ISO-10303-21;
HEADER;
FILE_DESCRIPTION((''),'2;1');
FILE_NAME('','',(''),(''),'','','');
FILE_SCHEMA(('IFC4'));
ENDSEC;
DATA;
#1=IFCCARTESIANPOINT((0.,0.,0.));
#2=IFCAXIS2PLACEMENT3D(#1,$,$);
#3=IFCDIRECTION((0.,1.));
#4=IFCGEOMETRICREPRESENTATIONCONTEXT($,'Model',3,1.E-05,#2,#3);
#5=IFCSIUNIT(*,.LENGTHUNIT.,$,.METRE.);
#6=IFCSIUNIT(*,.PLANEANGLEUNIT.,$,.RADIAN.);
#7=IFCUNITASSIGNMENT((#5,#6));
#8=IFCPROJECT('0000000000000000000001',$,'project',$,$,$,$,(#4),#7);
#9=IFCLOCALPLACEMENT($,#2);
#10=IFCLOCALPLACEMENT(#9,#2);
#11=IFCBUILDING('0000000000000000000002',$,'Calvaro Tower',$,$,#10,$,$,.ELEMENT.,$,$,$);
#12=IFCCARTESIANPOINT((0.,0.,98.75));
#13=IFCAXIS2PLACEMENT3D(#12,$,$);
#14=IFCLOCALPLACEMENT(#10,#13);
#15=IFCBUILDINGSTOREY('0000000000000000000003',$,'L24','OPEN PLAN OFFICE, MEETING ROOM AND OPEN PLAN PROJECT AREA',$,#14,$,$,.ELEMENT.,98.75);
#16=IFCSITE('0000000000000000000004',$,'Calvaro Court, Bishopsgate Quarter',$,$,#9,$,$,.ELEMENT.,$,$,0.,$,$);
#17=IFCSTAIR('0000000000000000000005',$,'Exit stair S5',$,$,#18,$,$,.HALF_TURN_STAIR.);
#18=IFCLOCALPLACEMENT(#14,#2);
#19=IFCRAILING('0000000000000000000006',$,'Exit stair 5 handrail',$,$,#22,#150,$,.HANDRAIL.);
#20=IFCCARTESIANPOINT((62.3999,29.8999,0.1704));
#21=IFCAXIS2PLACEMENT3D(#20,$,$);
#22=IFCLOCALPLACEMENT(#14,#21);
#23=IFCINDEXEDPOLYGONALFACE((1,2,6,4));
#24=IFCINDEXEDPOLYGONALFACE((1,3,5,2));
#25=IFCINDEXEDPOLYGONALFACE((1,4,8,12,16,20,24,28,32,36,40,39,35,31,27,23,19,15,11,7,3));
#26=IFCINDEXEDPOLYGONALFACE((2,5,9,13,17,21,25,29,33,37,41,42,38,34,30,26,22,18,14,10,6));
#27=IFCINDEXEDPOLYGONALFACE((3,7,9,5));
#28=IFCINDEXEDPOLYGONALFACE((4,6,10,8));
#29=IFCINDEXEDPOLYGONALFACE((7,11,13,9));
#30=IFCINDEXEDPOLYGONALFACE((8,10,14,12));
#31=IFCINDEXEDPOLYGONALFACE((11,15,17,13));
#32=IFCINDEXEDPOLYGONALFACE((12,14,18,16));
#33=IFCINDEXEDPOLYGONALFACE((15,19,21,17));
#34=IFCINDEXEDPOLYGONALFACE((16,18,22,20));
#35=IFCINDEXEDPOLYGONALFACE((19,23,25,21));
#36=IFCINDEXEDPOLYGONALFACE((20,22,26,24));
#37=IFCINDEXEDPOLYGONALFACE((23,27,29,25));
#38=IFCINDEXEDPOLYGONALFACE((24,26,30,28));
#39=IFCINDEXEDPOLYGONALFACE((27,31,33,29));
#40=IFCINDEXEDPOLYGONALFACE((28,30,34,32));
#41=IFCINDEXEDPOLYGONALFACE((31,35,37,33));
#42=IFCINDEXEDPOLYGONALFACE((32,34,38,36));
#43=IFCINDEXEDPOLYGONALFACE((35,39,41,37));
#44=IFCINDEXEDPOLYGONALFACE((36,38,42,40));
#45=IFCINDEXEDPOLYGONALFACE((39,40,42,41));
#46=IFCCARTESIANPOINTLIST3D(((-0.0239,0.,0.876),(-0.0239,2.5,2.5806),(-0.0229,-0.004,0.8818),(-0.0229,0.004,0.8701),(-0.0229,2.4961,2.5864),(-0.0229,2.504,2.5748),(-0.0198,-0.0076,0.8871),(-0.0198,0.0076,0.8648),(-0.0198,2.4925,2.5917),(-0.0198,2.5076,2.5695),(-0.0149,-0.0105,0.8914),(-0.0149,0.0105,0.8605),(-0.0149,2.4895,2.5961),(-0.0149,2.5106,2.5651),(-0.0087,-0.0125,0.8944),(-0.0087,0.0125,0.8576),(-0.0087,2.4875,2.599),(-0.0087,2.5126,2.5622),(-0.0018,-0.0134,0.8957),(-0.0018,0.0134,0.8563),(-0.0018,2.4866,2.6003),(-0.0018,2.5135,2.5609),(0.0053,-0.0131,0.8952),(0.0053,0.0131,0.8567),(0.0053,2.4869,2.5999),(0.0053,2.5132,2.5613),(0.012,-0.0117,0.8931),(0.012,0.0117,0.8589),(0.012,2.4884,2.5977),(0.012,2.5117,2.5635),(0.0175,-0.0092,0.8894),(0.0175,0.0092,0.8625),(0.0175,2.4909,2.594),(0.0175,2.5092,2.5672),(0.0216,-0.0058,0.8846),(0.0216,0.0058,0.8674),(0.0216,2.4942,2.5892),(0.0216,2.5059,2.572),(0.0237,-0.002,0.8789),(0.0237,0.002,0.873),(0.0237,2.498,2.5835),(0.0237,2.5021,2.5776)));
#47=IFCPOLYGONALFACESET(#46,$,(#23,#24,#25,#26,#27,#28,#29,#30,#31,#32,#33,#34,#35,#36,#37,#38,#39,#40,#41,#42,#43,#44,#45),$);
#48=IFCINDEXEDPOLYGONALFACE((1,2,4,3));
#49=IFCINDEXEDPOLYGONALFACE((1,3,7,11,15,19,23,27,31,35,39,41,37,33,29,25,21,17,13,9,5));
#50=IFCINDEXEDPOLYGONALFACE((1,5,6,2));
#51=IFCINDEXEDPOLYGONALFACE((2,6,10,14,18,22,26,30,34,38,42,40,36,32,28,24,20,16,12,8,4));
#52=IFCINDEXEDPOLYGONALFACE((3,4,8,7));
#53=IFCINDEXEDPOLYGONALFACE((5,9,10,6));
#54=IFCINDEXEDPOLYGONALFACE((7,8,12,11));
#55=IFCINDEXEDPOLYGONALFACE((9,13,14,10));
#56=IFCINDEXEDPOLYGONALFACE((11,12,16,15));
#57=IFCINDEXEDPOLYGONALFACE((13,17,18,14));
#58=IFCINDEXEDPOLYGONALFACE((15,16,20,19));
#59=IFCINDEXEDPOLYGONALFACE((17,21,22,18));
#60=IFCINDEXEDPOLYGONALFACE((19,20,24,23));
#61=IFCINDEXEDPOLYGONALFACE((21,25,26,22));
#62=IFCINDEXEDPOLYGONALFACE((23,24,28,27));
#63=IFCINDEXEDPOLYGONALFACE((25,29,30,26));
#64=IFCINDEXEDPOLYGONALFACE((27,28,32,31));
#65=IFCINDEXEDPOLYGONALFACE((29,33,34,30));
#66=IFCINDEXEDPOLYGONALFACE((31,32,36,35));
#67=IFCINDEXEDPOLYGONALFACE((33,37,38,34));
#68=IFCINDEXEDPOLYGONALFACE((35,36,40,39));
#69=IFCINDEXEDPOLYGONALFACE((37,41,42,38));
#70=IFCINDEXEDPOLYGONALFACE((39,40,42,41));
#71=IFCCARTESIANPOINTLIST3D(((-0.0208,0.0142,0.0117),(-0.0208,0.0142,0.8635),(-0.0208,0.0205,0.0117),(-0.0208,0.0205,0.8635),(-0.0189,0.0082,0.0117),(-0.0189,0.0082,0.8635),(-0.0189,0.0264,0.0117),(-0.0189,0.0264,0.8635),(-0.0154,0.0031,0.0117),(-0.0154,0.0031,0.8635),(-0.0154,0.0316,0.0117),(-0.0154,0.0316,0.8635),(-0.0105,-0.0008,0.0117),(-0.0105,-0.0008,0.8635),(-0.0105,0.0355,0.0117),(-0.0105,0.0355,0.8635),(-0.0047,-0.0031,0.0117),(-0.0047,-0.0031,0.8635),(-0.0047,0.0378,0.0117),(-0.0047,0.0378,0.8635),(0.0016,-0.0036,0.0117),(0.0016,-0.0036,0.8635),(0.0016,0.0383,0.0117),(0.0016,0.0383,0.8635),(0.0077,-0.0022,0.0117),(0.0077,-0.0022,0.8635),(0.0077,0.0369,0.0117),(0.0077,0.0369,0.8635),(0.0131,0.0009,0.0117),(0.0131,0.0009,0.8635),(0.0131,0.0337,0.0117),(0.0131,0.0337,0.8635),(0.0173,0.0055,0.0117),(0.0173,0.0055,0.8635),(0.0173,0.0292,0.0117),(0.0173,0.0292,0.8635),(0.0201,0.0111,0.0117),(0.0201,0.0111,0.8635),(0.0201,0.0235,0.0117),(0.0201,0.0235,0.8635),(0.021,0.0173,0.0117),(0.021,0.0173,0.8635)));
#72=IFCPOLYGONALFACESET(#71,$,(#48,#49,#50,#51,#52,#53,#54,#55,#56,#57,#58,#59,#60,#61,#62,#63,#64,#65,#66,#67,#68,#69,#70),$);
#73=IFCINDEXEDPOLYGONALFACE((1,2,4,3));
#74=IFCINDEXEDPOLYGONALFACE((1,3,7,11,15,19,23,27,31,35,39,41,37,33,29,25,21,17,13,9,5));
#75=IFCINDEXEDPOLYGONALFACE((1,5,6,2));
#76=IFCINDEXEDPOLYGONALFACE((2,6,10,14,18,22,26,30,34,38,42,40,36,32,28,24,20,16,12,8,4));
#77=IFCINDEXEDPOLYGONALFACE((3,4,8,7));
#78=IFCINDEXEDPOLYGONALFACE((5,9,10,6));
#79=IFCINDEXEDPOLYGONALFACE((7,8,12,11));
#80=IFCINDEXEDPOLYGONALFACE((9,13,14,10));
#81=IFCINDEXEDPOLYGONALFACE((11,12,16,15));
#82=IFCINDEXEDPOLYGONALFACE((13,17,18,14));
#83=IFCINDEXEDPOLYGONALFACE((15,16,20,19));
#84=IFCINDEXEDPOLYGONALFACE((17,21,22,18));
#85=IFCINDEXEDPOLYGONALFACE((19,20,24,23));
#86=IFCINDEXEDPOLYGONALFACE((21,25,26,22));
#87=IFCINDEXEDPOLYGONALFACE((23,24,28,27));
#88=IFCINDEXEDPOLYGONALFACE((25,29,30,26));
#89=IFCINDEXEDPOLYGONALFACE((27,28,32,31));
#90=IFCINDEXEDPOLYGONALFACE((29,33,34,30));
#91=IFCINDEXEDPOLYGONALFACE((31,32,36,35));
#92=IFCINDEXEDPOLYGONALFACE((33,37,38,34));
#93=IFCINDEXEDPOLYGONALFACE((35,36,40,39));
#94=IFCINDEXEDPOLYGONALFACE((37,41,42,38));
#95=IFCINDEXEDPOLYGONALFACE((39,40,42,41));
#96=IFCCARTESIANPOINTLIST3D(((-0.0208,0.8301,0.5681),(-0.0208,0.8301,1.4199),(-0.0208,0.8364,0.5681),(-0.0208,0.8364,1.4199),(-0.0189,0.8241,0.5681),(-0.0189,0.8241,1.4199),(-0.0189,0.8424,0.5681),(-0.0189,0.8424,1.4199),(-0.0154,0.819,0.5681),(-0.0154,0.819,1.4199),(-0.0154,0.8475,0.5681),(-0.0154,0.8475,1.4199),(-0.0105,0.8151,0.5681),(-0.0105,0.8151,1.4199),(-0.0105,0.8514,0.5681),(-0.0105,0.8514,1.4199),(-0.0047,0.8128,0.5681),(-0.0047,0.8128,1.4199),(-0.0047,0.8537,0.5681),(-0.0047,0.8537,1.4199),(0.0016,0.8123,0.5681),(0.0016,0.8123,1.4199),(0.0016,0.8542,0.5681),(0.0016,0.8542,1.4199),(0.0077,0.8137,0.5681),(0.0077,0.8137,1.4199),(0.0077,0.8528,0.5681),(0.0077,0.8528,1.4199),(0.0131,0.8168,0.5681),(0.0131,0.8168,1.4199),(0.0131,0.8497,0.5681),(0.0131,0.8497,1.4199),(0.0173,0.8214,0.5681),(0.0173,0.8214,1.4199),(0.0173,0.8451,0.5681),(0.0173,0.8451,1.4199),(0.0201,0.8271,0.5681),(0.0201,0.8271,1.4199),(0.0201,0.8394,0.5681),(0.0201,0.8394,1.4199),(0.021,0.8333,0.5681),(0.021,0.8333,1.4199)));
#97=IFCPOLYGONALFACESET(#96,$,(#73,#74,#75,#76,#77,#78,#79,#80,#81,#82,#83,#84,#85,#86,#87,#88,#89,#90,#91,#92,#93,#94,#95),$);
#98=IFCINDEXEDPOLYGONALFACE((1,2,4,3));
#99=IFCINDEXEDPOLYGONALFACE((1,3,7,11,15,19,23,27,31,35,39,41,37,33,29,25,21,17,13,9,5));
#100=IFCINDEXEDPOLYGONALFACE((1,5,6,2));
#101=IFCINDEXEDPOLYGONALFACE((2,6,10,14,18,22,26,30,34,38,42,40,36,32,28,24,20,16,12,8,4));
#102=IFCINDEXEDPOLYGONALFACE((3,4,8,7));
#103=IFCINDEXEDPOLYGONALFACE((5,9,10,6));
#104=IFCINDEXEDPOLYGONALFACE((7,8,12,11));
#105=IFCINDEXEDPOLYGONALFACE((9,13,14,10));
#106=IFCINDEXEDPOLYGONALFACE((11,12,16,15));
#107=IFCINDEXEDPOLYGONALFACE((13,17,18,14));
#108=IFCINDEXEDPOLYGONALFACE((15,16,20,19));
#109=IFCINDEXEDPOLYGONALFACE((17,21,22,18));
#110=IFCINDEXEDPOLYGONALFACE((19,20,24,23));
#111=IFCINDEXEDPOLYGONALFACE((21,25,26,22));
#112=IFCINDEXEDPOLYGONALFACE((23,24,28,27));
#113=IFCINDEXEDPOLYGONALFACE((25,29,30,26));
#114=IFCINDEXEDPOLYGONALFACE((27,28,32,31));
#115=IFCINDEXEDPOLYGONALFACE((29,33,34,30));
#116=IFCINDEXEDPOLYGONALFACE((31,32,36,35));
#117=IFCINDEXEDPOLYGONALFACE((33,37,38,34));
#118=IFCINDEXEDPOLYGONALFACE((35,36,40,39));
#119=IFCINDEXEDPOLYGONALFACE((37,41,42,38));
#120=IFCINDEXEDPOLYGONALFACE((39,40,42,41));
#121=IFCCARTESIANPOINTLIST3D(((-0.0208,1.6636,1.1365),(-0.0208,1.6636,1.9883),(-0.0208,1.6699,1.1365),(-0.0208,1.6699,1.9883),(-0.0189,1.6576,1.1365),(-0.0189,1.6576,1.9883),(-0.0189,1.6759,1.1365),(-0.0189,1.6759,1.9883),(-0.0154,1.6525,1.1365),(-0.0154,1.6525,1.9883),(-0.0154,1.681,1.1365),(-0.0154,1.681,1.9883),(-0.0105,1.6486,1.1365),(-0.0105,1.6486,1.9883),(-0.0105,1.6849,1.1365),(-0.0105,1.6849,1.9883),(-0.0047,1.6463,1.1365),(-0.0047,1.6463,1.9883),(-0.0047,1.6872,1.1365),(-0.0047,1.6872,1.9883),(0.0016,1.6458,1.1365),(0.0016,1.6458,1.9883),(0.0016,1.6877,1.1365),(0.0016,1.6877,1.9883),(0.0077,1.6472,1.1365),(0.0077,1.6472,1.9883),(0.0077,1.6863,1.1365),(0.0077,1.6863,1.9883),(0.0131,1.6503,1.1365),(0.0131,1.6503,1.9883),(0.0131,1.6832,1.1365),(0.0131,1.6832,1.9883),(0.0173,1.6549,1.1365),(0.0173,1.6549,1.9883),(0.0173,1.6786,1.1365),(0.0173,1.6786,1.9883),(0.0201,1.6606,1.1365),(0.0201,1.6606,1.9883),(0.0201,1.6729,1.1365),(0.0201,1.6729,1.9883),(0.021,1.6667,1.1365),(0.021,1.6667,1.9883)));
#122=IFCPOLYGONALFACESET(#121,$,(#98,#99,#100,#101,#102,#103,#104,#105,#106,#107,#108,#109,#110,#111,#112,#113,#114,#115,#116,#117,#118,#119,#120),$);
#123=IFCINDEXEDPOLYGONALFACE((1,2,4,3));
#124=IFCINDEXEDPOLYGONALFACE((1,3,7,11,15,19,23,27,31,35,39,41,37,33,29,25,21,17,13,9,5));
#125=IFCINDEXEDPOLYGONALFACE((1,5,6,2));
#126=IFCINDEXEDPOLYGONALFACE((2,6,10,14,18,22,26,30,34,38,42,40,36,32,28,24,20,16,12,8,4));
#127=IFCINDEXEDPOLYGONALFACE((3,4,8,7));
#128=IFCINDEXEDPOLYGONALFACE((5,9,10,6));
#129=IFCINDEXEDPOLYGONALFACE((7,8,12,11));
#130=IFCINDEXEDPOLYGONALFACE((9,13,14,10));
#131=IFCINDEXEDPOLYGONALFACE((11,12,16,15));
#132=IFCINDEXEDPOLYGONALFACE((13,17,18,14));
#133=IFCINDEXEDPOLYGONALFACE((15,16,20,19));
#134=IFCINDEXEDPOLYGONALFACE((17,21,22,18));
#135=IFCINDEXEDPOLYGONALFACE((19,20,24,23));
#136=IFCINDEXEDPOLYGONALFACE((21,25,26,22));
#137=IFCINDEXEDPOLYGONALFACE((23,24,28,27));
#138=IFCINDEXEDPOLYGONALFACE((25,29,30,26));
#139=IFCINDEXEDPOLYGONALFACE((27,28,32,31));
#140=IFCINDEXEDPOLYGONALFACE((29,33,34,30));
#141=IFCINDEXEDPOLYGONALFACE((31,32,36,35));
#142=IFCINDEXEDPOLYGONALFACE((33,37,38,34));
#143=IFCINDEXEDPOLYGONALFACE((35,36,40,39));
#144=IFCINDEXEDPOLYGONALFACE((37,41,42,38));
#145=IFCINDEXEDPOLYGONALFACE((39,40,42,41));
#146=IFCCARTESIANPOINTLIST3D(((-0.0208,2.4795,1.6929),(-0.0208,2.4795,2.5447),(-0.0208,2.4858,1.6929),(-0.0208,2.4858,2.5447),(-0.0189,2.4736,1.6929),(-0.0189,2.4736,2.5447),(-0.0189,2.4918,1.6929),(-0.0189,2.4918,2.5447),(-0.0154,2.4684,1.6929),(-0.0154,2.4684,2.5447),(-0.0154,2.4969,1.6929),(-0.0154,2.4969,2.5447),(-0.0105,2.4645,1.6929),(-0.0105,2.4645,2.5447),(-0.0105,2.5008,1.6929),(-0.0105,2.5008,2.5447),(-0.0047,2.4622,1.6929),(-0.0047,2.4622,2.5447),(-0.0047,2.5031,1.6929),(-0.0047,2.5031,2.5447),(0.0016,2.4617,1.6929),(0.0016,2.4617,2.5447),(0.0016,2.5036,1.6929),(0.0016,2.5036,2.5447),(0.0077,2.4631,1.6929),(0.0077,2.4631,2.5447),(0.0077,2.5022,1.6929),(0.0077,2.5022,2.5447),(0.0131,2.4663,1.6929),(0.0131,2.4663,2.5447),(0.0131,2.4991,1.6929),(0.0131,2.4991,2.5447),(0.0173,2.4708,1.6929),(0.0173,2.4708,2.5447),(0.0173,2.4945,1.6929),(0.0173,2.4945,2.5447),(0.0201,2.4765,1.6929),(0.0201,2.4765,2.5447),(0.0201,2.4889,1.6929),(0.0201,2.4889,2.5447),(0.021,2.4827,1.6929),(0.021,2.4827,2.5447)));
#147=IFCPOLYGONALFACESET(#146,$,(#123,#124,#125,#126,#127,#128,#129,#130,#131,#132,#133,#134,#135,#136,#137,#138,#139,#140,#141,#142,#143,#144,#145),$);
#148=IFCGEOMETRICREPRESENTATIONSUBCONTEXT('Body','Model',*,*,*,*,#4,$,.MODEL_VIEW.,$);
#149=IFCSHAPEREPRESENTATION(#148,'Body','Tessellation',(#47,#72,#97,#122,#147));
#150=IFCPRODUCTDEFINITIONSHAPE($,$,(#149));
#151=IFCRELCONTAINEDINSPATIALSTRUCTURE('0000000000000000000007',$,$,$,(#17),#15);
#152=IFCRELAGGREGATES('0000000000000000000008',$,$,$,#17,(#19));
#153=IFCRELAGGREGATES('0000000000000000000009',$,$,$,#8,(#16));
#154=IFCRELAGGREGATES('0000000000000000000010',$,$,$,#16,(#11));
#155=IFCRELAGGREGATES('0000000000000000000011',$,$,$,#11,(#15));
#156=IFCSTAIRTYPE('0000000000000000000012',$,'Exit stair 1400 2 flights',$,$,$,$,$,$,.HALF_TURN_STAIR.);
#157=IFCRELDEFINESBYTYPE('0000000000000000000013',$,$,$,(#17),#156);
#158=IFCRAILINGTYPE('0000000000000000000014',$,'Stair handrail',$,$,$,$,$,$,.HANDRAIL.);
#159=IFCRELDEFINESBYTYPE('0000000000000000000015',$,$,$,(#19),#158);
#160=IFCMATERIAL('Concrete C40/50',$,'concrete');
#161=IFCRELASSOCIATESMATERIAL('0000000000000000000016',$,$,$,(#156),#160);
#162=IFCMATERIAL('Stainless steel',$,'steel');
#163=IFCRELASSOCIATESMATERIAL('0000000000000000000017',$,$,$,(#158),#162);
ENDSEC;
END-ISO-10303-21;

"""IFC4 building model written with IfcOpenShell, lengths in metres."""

from ifc_helpers import new_model, si_unit, direction, frame, origin, origin_2d, place, context, subcontext, project, spatial, circle, extrude, material, type_object, element, aggregate, save


model = new_model("IFC4")

# Units and contexts
model_context = context("Model", 3, precision=1e-05, world=origin(), true_north=direction((0.0, 1.0)))
body_context = subcontext(model_context, "Body", "Model", "MODEL_VIEW")
ifc_project = project(units=[si_unit("LENGTHUNIT", "METRE"), si_unit("PLANEANGLEUNIT", "RADIAN")], contexts=[model_context])

# Site, building, storey
site_placement = place(None, origin())
site = spatial("IfcSite", under=ifc_project, at=site_placement, Name="Calvaro Court, Bishopsgate Quarter", CompositionType="ELEMENT", RefElevation=0.0)
building_placement = place(site_placement, origin())
building = spatial("IfcBuilding", under=site, at=building_placement, Name="Calvaro Tower", CompositionType="ELEMENT")
storey_placement = place(building_placement, frame((0.0, 0.0, 98.75)))
storey = spatial("IfcBuildingStorey", under=building, at=storey_placement, Name="L24", Description="OPEN PLAN OFFICE, MEETING ROOM AND OPEN PLAN PROJECT AREA", CompositionType="ELEMENT", Elevation=98.75)

# Stair
ifc_material_1 = material(Name="Concrete C40/50", Category="concrete")
stair_type = type_object("IfcStairType", Name="Exit stair 1400 2 flights", PredefinedType="HALF_TURN_STAIR", material=ifc_material_1)
stair_1_placement = place(storey_placement, origin())
stair_1 = element("IfcStair", 1, at=stair_1_placement, inside=storey, type_object=stair_type, Name="Exit stair S5", PredefinedType="HALF_TURN_STAIR")

# Shared definitions
ifc_material_2 = material(Name="Stainless steel", Category="steel")
railing_type = type_object("IfcRailingType", Name="Stair handrail", PredefinedType="HANDRAIL", material=ifc_material_2)

# Railing
railing_1_placement = place(storey_placement, frame((62.3999, 29.8999, 0.1704)))
railing_1 = element("IfcRailing", 2, at=railing_1_placement, type_object=railing_type, Name="Exit stair 5 handrail", PredefinedType="HANDRAIL", context=body_context, shape_type="SweptSolid", body=[
    extrude(circle(Radius=0.0239, at=origin_2d()), frame((0.0, 0.0, 0.876), z_axis=(0.0, 0.826221, 0.563347), x_axis=(-1.0, 0.0, 0.0)), (0.0, 0.0, 1.0), 3.0259),
    extrude(circle(Radius=0.021, at=origin_2d()), frame((0.0, 0.0173, 0.0117)), (0.0, 0.0, 1.0), 0.8518),
    extrude(circle(Radius=0.021, at=origin_2d()), frame((0.0, 0.8333, 0.5681)), (0.0, 0.0, 1.0), 0.8518),
    extrude(circle(Radius=0.021, at=origin_2d()), frame((0.0, 1.6667, 1.1365)), (0.0, 0.0, 1.0), 0.8518),
    extrude(circle(Radius=0.021, at=origin_2d()), frame((0.0, 2.4827, 1.6929)), (0.0, 0.0, 1.0), 0.8518),
])
aggregate(stair_1, [railing_1])

save(model, "model.ifc")
